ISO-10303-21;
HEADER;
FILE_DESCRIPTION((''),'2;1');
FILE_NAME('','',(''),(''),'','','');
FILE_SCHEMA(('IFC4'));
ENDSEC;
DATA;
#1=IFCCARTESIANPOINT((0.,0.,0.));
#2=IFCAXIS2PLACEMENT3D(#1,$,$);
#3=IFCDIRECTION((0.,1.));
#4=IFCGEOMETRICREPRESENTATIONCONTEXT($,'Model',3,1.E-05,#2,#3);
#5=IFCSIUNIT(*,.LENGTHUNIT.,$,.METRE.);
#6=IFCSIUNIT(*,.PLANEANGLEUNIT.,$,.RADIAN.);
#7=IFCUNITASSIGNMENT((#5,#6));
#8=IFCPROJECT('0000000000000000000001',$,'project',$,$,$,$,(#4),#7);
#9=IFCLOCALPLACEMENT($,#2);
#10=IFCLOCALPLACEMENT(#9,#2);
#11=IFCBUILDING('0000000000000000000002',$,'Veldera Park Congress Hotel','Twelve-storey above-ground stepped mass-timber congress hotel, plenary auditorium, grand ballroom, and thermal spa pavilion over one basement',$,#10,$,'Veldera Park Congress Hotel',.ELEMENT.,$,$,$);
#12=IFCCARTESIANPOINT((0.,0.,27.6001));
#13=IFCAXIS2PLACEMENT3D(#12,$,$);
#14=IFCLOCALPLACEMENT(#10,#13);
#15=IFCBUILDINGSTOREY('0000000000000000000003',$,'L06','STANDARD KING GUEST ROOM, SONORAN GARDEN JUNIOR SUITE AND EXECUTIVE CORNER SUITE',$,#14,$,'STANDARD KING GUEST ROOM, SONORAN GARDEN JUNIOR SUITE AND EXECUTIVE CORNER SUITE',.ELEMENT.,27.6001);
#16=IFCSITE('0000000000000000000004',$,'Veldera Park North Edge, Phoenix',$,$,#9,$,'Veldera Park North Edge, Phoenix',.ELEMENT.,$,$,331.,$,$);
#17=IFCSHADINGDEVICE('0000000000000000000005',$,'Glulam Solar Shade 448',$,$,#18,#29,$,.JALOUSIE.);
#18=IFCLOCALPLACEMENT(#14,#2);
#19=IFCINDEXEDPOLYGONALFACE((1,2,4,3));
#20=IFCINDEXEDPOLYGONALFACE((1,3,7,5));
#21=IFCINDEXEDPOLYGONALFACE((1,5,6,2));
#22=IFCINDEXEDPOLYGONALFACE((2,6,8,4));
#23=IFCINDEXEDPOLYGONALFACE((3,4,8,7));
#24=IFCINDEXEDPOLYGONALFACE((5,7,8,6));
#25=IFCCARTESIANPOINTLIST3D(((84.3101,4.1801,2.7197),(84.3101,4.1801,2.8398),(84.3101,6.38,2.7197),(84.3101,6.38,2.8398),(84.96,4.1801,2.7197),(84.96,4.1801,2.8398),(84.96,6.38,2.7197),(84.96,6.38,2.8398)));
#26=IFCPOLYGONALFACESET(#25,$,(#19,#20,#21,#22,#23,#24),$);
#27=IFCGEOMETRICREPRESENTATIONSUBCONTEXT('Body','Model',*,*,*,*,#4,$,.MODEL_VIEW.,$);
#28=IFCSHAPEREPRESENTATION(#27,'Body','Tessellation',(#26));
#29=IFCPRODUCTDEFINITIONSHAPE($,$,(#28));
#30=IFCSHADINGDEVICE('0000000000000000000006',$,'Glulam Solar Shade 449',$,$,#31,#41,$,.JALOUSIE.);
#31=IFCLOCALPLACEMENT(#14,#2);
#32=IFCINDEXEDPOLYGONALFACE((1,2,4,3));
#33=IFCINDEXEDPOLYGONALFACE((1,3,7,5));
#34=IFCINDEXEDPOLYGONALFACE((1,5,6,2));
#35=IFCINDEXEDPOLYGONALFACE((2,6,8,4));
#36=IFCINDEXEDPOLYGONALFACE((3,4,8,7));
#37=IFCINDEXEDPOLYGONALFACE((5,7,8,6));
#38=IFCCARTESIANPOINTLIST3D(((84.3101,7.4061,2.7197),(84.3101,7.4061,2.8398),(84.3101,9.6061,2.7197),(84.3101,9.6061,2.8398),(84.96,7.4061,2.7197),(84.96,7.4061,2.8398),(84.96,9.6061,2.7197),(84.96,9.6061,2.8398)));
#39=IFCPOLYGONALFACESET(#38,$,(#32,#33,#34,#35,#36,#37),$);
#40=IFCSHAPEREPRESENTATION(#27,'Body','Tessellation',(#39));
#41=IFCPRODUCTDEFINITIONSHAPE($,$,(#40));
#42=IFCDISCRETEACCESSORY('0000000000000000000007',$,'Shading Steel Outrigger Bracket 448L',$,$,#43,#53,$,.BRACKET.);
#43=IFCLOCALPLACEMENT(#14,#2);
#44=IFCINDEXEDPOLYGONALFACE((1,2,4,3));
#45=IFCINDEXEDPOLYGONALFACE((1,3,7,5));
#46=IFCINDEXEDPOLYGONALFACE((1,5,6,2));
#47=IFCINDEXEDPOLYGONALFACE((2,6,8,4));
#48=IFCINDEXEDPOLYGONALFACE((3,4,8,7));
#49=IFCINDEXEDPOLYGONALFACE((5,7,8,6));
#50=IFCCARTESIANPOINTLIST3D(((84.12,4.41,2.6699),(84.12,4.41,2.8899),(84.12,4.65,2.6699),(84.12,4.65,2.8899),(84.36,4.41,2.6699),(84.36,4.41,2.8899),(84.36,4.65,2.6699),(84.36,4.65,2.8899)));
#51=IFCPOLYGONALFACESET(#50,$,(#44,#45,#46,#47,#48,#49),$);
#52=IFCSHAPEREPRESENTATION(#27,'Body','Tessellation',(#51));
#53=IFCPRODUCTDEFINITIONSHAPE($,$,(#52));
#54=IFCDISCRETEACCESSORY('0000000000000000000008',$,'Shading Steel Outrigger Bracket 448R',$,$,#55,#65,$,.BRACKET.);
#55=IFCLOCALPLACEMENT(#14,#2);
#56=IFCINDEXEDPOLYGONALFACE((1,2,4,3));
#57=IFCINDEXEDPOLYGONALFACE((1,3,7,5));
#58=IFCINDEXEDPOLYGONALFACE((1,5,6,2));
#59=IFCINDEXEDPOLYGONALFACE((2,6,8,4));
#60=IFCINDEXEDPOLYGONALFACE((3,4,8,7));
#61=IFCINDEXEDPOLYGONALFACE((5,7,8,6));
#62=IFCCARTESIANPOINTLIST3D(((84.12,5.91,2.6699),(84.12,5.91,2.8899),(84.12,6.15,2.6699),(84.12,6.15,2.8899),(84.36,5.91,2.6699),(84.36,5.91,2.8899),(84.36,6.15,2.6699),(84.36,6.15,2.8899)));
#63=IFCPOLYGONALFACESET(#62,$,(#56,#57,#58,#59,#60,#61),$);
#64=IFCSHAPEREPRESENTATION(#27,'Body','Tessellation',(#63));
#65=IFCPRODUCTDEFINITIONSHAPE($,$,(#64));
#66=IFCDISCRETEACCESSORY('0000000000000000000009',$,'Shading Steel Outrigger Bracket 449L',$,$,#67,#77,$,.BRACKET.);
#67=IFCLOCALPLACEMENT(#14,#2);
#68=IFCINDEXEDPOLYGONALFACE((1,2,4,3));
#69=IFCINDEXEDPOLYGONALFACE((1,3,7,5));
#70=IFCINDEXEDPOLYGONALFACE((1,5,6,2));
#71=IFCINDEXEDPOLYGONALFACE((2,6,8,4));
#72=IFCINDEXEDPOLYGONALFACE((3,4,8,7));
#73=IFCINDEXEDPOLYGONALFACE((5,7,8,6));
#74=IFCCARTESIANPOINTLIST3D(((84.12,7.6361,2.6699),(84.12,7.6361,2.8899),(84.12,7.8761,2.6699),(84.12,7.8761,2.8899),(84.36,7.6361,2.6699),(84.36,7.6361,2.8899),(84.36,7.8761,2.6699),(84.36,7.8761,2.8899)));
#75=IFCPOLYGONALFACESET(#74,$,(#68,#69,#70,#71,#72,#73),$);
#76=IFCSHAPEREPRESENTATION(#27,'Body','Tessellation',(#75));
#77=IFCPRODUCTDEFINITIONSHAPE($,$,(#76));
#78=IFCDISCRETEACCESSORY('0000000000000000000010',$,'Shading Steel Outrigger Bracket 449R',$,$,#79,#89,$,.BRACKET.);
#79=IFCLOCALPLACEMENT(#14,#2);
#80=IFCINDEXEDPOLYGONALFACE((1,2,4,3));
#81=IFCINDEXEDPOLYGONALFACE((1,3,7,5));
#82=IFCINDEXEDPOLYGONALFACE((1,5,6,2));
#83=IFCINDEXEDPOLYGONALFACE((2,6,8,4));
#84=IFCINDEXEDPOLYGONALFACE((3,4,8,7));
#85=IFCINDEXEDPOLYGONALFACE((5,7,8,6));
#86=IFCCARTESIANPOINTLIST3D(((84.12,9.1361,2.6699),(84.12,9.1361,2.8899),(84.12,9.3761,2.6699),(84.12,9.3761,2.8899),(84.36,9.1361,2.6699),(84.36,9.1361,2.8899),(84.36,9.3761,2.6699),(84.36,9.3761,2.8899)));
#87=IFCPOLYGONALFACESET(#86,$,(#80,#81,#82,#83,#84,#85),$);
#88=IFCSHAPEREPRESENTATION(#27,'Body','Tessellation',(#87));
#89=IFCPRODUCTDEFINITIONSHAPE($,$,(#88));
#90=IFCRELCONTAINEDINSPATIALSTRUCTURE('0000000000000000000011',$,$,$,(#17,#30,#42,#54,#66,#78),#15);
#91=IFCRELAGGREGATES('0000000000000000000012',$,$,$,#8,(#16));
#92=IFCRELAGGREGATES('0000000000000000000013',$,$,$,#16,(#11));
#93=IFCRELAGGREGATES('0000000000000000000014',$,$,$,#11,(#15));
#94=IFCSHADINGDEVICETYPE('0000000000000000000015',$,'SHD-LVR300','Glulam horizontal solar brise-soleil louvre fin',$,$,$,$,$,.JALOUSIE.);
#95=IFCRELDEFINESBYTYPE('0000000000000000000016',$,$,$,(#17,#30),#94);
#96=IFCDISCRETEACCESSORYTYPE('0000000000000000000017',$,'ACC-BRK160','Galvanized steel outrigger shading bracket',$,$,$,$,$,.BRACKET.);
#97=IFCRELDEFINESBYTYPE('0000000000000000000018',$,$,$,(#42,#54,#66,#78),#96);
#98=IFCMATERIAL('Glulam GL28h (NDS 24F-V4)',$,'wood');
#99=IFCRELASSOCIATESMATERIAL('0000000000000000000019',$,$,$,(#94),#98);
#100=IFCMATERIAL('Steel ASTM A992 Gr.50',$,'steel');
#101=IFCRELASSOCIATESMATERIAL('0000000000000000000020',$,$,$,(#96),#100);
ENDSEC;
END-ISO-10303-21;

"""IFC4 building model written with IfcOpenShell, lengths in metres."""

from ifc_helpers import new_model, si_unit, direction, frame, origin, origin_2d, place, context, subcontext, project, spatial, rectangle, extrude, material, type_object, element, save


model = new_model("IFC4")

# Units and contexts
model_context = context("Model", 3, precision=1e-05, world=origin(), true_north=direction((0.0, 1.0)))
body_context = subcontext(model_context, "Body", "Model", "MODEL_VIEW")
ifc_project = project(units=[si_unit("LENGTHUNIT", "METRE"), si_unit("PLANEANGLEUNIT", "RADIAN")], contexts=[model_context])

# Site, building, storey
site_placement = place(None, origin())
site = spatial("IfcSite", under=ifc_project, at=site_placement, Name="Veldera Park North Edge, Phoenix", LongName="Veldera Park North Edge, Phoenix", CompositionType="ELEMENT", RefElevation=331.0)
building_placement = place(site_placement, origin())
building = spatial("IfcBuilding", under=site, at=building_placement, Name="Veldera Park Congress Hotel", Description="Twelve-storey above-ground stepped mass-timber congress hotel, plenary auditorium, grand ballroom, and thermal spa pavilion over one basement", LongName="Veldera Park Congress Hotel", CompositionType="ELEMENT")
storey_placement = place(building_placement, frame((0.0, 0.0, 27.6001)))
storey = spatial("IfcBuildingStorey", under=building, at=storey_placement, Name="L06", Description="STANDARD KING GUEST ROOM, SONORAN GARDEN JUNIOR SUITE AND EXECUTIVE CORNER SUITE", LongName="STANDARD KING GUEST ROOM, SONORAN GARDEN JUNIOR SUITE AND EXECUTIVE CORNER SUITE", CompositionType="ELEMENT", Elevation=27.6001)

# Shared definitions
ifc_material_1 = material(Name="Glulam GL28h (NDS 24F-V4)", Category="wood")

# Shading devices
shading_device_type = type_object("IfcShadingDeviceType", Name="SHD-LVR300", Description="Glulam horizontal solar brise-soleil louvre fin", PredefinedType="JALOUSIE", material=ifc_material_1)
for number, where, z_axis, x_axis, name in (
    (1, (84.635, 5.28, 2.7197), (0.0, 0.0, 1.0), (0.0, 1.0, 0.0), "Glulam Solar Shade 448"),
    (2, (84.635, 8.5061, 2.7197), (0.0, 0.0, 1.0), (0.0, 1.0, 0.0), "Glulam Solar Shade 449"),
):
    element("IfcShadingDevice", number, at=place(storey_placement, frame(where, z_axis=z_axis, x_axis=x_axis)), inside=storey, type_object=shading_device_type, Name=name, PredefinedType="JALOUSIE", context=body_context, shape_type="SweptSolid", body=[
        extrude(rectangle(XDim=2.2, YDim=0.6499, at=origin_2d()), origin(), (0.0, 0.0, 1.0), 0.1201),
    ])

# Discrete accessories
ifc_material_2 = material(Name="Steel ASTM A992 Gr.50", Category="steel")
discrete_accessory_type = type_object("IfcDiscreteAccessoryType", Name="ACC-BRK160", Description="Galvanized steel outrigger shading bracket", PredefinedType="BRACKET", material=ifc_material_2)
for number, where, z_axis, x_axis, name in (
    (3, (84.24, 4.53, 2.6699), (0.0, 0.0, 1.0), (0.0, 1.0, 0.0), "Shading Steel Outrigger Bracket 448L"),
    (4, (84.24, 6.03, 2.6699), (0.0, 0.0, 1.0), (0.0, 1.0, 0.0), "Shading Steel Outrigger Bracket 448R"),
    (5, (84.24, 7.7561, 2.6699), (0.0, 0.0, 1.0), (0.0, 1.0, 0.0), "Shading Steel Outrigger Bracket 449L"),
    (6, (84.24, 9.2561, 2.6699), (0.0, 0.0, 1.0), (0.0, 1.0, 0.0), "Shading Steel Outrigger Bracket 449R"),
):
    element("IfcDiscreteAccessory", number, at=place(storey_placement, frame(where, z_axis=z_axis, x_axis=x_axis)), inside=storey, type_object=discrete_accessory_type, Name=name, PredefinedType="BRACKET", context=body_context, shape_type="SweptSolid", body=[
        extrude(rectangle(XDim=0.24, YDim=0.24, at=origin_2d()), origin(), (0.0, 0.0, 1.0), 0.22),
    ])

save(model, "model.ifc")
